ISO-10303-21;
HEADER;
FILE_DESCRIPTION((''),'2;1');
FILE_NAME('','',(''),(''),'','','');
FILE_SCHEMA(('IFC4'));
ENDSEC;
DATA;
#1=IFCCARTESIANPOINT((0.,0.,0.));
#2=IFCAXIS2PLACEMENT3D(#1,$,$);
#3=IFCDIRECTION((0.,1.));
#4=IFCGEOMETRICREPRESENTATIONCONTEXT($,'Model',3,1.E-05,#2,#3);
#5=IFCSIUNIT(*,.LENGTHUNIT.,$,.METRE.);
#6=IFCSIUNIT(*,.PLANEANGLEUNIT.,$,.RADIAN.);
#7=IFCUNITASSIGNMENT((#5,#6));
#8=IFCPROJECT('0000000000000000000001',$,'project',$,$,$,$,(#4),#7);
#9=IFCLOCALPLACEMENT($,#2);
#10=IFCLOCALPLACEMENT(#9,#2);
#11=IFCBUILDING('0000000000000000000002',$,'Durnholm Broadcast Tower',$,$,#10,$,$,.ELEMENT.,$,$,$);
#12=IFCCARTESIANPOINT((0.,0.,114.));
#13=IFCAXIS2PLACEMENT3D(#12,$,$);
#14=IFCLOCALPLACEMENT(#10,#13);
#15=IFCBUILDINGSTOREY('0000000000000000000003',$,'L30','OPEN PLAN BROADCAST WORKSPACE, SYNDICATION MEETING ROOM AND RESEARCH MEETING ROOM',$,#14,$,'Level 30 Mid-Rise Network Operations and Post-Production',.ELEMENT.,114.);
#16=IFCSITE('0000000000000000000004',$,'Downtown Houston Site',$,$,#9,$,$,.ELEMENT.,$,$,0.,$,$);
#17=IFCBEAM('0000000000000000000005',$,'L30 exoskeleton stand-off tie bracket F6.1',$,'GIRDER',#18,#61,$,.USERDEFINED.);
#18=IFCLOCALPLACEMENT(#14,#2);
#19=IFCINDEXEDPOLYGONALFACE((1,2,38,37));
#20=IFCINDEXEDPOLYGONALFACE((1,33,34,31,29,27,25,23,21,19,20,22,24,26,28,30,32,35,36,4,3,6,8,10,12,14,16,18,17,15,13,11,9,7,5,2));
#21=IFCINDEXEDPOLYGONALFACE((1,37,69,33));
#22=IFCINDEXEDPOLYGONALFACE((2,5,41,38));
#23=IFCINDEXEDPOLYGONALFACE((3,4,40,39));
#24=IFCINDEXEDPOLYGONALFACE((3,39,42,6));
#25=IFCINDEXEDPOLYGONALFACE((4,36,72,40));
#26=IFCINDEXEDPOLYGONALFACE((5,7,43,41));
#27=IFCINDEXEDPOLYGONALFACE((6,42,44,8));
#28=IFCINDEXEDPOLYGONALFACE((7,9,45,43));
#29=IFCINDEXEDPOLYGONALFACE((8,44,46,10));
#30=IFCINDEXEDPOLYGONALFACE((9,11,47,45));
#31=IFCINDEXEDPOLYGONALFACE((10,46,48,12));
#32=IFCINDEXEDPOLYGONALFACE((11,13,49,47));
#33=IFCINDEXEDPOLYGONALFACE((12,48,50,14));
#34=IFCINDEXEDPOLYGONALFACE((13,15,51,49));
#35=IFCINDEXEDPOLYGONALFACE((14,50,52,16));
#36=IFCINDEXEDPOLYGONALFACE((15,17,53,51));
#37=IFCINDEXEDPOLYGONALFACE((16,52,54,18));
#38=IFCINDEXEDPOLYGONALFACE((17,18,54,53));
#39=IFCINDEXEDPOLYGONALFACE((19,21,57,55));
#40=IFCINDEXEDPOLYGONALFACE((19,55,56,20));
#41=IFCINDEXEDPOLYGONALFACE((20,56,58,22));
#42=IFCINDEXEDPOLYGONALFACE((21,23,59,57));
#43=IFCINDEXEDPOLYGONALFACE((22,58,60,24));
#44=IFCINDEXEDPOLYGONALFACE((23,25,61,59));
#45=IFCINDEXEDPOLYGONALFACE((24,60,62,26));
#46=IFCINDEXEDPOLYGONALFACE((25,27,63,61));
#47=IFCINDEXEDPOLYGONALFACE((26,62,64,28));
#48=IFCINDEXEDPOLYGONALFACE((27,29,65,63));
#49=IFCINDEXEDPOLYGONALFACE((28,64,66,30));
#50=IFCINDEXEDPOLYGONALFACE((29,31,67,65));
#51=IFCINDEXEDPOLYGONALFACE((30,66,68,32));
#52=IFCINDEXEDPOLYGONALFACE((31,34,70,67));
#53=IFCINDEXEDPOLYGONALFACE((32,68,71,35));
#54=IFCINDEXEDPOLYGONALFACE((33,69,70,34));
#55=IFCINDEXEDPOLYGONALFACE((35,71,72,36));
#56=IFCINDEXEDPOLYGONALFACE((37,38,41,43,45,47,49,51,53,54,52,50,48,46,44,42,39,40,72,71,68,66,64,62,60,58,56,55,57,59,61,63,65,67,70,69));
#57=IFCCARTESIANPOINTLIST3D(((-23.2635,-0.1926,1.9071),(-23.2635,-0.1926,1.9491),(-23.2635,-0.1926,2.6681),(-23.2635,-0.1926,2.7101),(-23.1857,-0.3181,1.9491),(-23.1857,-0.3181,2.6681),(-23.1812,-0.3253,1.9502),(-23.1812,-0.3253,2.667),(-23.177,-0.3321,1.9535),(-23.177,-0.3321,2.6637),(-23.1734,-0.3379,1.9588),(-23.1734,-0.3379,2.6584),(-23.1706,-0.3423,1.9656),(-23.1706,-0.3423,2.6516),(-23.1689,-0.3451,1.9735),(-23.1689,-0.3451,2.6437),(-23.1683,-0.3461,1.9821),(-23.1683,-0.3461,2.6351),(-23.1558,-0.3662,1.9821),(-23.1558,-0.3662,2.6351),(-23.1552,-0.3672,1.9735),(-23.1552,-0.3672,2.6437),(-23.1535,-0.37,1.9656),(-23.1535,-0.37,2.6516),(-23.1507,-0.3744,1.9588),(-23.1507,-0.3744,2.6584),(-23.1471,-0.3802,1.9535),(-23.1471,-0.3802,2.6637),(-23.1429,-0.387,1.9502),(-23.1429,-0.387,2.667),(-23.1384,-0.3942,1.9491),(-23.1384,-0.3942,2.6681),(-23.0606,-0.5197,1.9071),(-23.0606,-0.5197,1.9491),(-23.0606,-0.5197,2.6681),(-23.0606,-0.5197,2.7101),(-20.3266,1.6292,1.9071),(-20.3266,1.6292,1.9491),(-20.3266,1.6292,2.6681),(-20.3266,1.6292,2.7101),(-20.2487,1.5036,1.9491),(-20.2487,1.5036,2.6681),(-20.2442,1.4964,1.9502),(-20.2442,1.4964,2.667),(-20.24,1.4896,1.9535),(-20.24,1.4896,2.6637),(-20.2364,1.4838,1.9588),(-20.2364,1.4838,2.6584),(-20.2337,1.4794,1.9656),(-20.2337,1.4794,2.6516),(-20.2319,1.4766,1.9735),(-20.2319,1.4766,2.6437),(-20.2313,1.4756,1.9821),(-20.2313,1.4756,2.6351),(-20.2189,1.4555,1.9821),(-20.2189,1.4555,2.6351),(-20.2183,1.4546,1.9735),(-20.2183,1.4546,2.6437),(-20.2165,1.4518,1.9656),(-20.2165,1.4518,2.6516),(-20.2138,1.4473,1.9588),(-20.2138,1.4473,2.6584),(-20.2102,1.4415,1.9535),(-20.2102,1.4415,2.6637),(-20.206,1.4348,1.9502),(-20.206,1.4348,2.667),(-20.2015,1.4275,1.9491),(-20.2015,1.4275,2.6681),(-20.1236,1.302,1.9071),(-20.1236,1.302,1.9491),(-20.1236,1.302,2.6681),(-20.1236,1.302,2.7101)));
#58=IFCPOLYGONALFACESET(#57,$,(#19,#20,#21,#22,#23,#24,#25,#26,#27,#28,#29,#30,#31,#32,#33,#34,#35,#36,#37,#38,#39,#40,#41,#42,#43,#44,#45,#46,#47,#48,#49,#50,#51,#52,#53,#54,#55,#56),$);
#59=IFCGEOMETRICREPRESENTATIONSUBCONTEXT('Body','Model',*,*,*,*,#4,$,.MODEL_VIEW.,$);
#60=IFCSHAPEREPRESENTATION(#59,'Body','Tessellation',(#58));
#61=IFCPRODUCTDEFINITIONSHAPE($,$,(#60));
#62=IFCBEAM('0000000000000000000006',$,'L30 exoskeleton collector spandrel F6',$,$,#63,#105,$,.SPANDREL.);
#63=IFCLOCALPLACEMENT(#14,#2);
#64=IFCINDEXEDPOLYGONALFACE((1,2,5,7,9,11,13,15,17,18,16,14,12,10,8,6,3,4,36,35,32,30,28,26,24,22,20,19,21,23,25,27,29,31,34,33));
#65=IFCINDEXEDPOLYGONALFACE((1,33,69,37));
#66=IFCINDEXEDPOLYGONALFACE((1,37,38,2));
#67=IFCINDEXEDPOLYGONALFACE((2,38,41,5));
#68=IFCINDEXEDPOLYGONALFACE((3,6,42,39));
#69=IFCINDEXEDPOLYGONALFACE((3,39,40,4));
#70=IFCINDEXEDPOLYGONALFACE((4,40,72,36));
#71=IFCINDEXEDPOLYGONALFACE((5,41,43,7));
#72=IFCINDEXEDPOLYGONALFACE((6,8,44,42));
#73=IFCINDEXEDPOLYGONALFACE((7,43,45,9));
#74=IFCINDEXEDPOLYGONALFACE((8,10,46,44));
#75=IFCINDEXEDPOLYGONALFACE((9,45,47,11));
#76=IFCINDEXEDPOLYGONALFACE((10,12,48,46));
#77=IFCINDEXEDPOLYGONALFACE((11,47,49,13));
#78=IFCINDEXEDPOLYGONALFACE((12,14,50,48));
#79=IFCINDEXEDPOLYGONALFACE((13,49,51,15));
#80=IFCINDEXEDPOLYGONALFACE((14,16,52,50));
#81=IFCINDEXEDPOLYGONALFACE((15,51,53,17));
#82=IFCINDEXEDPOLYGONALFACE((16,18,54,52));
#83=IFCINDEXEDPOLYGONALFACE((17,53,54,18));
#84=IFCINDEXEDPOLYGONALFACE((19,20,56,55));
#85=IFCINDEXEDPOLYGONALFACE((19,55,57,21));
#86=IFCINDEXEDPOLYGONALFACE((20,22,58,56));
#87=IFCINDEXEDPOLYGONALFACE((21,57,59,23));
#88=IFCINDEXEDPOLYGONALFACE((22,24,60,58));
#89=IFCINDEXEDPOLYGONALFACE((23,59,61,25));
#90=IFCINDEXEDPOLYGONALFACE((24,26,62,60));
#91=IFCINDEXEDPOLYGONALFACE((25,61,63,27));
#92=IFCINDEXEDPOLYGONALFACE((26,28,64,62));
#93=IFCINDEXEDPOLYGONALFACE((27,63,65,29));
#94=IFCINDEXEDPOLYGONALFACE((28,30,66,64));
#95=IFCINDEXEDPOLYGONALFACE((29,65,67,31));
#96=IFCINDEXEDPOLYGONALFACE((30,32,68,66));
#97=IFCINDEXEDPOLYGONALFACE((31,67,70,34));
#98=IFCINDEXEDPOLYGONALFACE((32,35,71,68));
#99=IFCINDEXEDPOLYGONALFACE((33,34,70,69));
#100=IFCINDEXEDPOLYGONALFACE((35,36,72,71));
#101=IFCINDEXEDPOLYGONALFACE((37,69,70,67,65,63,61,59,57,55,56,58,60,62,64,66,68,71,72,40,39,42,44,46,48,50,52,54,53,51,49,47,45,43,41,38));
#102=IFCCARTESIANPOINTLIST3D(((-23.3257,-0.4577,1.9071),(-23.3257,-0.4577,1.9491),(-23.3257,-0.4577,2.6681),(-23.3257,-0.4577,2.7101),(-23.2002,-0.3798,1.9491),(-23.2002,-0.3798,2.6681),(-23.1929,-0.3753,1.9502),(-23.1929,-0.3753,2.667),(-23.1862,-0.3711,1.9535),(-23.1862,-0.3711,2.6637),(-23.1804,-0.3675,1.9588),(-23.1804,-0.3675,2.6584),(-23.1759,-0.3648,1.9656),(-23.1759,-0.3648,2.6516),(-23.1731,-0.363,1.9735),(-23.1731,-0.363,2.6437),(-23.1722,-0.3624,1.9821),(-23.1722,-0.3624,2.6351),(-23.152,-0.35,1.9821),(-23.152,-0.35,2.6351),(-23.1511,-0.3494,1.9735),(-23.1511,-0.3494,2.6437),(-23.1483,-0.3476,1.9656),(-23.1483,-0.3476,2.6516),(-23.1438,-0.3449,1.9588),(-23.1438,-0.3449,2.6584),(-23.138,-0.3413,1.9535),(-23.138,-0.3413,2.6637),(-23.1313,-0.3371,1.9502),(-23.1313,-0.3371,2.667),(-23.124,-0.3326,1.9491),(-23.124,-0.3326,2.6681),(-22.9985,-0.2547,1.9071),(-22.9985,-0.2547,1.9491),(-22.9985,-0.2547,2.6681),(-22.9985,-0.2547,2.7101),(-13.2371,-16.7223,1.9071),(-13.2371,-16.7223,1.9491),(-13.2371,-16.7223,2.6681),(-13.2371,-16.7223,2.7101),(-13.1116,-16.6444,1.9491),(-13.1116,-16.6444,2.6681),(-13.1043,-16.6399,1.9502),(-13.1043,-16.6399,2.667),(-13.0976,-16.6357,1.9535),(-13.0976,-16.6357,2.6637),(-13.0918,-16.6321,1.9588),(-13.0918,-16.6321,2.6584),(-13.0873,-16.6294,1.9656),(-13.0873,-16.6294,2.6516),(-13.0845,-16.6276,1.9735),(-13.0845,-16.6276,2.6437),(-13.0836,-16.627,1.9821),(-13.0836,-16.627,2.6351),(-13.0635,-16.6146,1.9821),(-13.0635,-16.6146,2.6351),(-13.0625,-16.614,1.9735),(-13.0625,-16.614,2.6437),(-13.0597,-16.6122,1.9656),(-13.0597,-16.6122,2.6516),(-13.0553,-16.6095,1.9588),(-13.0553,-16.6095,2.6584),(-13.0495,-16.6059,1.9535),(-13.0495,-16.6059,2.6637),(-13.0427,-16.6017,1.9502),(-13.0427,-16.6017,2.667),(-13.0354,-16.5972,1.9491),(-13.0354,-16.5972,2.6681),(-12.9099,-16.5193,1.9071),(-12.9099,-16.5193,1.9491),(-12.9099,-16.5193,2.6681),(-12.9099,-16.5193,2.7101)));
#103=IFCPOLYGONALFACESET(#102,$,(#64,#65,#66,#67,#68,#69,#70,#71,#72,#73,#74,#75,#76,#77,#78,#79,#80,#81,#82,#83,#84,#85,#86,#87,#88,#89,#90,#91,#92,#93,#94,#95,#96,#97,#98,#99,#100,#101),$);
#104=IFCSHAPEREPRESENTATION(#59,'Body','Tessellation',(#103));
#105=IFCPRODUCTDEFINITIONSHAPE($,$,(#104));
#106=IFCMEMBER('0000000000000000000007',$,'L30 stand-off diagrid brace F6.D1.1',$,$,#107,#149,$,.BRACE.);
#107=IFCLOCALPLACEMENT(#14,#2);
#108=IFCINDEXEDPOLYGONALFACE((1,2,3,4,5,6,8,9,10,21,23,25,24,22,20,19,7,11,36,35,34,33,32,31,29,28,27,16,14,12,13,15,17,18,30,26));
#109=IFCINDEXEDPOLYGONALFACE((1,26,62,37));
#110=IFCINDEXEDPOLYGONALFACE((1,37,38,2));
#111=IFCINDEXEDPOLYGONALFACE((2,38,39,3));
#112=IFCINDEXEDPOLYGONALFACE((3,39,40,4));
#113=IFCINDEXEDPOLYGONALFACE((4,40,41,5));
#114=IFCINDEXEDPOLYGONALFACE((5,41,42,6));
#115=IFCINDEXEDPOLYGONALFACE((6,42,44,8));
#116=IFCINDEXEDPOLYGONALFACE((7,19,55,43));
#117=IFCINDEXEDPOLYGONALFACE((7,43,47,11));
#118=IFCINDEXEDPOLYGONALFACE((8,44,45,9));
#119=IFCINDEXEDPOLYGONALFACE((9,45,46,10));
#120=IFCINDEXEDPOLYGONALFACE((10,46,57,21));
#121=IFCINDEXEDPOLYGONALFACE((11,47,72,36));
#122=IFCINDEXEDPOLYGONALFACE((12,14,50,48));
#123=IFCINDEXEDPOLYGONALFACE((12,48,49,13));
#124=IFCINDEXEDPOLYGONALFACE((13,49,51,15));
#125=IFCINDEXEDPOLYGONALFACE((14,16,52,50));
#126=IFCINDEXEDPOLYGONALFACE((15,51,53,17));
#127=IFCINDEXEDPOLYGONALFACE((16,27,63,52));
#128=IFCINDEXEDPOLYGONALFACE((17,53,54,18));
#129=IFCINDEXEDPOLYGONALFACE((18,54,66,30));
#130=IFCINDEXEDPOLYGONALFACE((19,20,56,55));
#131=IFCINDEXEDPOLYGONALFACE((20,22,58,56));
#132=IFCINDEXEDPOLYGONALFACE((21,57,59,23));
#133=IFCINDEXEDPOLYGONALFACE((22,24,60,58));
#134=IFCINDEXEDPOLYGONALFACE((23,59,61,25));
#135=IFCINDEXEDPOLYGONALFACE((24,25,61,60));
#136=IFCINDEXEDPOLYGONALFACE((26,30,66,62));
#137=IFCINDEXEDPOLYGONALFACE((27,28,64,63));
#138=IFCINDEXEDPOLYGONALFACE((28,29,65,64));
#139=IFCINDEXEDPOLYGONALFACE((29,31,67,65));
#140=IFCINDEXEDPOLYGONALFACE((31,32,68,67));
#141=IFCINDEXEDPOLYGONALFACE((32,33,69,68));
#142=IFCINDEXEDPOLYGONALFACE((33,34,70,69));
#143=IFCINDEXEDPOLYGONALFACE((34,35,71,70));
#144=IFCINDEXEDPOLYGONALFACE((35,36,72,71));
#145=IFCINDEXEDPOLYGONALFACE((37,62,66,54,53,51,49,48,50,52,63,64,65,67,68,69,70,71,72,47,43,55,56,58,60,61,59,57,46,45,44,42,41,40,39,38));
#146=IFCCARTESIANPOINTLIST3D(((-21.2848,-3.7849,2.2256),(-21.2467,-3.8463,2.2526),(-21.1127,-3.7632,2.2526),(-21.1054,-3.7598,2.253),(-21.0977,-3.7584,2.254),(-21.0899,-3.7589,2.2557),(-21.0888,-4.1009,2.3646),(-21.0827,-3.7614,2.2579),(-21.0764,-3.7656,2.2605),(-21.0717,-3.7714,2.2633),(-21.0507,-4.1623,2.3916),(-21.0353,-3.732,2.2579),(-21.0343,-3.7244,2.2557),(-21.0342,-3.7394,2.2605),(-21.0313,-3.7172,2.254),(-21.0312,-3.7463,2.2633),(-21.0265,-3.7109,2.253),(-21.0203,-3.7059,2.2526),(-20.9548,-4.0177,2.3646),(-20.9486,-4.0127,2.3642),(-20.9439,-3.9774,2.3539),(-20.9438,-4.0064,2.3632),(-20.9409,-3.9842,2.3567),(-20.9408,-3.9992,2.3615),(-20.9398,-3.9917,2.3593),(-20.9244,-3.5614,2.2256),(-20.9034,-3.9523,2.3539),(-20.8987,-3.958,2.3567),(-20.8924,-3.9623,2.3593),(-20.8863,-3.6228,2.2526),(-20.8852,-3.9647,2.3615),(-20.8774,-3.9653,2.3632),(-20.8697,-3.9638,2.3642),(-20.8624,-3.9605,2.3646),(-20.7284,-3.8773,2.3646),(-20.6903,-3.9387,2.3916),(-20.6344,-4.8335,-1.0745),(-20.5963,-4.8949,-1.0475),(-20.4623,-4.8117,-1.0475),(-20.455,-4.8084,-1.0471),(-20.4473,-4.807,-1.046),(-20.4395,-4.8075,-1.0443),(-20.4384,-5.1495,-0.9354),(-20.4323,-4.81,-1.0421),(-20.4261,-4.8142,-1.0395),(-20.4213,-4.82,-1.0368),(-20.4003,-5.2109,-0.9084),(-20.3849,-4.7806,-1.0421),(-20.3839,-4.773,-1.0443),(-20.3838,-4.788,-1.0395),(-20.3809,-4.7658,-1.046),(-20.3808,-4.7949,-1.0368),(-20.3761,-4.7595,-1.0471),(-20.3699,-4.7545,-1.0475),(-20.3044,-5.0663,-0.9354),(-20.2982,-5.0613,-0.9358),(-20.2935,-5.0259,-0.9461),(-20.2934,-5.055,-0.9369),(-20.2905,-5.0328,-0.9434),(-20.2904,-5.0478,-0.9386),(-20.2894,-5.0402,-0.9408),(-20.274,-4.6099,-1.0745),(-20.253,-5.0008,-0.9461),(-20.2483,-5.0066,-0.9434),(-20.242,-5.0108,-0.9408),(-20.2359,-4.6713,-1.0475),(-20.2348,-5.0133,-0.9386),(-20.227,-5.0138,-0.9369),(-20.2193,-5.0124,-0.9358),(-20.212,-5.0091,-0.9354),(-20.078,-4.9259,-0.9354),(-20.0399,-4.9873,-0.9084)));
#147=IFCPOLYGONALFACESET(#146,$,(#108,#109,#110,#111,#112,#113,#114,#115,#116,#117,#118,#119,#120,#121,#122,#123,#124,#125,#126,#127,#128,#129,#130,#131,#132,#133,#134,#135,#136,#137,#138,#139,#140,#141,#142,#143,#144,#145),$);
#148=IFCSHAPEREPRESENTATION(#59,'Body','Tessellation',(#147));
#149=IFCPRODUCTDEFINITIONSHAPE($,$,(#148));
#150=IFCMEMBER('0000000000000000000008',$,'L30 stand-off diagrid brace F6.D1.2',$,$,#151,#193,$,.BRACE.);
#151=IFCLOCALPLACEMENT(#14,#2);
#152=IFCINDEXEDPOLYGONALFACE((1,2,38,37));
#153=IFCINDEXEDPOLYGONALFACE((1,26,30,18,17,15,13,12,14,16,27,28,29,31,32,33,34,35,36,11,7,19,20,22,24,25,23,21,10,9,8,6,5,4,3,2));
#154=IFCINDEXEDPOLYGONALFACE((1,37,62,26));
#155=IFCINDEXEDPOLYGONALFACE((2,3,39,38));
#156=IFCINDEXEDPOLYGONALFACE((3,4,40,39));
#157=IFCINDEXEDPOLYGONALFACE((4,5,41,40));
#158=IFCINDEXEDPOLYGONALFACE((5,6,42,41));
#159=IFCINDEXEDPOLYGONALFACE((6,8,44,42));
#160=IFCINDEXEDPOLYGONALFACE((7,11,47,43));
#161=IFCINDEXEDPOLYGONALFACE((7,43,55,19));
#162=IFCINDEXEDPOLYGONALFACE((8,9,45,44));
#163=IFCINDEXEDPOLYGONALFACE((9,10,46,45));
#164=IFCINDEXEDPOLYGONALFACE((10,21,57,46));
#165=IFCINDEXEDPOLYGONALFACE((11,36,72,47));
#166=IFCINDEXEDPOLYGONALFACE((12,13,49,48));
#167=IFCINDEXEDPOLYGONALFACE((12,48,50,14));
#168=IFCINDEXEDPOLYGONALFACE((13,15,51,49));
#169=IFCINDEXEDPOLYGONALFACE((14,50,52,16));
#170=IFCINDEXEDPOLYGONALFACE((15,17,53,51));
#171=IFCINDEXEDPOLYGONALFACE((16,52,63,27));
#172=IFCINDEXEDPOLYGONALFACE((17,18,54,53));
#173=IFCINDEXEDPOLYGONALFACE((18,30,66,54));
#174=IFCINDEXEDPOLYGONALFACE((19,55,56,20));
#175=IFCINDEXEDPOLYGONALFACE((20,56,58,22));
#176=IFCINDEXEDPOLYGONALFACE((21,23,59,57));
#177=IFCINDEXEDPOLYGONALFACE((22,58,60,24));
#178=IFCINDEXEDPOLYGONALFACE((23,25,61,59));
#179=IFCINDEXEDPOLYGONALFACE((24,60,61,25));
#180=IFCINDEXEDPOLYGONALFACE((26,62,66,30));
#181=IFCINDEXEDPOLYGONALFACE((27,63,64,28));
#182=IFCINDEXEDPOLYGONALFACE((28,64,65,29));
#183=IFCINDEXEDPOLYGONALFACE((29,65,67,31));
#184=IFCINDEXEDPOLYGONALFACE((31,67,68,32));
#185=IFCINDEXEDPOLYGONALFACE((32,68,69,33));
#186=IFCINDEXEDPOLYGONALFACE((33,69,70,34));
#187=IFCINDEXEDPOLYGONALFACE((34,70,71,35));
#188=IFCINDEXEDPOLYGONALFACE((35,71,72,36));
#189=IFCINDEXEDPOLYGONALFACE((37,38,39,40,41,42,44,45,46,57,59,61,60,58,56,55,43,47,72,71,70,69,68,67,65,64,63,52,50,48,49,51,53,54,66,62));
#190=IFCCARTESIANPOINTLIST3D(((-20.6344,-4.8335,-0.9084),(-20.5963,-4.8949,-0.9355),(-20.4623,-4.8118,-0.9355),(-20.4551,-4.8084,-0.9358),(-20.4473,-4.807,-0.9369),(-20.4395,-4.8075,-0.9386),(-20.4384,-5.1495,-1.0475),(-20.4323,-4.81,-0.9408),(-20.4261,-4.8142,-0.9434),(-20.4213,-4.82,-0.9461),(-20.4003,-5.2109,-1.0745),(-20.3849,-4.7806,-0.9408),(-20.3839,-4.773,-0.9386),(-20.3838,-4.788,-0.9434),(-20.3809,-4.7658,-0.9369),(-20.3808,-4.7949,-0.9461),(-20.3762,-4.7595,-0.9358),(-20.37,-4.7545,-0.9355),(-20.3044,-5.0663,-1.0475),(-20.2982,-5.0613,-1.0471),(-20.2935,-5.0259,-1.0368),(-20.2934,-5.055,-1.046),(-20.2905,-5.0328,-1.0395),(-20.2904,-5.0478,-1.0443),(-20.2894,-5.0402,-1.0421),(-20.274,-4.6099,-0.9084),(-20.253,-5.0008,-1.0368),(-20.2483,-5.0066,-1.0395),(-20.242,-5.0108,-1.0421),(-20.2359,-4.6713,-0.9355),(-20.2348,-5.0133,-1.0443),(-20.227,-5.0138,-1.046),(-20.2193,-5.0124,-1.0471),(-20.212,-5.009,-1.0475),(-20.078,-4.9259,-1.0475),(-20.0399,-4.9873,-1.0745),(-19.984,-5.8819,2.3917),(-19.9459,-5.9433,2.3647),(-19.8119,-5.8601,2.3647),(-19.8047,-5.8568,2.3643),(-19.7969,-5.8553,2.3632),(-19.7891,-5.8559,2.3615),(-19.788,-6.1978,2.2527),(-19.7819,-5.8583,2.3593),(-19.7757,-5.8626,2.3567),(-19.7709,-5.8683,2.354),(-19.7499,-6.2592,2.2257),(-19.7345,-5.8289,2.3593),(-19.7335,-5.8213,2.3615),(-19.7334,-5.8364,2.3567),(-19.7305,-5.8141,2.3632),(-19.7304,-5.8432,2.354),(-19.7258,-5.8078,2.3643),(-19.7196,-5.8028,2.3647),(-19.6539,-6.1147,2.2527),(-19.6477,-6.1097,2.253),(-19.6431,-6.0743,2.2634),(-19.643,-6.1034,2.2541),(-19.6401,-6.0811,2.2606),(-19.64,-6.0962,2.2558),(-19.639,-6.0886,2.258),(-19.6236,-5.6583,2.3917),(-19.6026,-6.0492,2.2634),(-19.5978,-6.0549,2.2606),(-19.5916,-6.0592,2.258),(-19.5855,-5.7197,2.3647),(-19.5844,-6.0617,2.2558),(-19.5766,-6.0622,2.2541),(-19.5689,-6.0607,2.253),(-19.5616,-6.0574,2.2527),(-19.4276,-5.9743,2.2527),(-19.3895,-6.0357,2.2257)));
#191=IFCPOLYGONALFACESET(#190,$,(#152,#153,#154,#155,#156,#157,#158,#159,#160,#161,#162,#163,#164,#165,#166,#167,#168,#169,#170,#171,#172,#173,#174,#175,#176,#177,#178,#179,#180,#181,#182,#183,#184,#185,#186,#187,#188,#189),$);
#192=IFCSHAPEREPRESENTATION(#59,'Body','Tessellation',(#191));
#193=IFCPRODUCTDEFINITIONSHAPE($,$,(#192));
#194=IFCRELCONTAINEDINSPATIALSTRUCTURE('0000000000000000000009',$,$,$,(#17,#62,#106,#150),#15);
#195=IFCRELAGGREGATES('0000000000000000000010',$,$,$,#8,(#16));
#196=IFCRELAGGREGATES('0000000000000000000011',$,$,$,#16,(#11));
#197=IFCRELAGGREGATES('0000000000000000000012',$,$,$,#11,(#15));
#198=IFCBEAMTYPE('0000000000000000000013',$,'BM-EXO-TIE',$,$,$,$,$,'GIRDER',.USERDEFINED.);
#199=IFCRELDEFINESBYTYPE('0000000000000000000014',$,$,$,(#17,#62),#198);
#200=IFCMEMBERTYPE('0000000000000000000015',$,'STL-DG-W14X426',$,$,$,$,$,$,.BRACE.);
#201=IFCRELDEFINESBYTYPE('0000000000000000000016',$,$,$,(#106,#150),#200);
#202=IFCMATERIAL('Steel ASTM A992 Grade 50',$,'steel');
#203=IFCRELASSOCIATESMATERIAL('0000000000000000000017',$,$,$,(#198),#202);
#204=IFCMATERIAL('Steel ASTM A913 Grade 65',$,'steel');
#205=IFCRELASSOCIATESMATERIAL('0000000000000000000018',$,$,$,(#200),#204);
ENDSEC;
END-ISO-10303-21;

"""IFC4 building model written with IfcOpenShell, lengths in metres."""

from ifc_helpers import new_model, si_unit, direction, frame, origin, origin_2d, place, context, subcontext, project, spatial, i_section, extrude, source, transform, mapped, material, material_profile, profile_set, type_object, type_shapes, element, save


model = new_model("IFC4")

# Units and contexts
model_context = context("Model", 3, precision=1e-05, world=origin(), true_north=direction((0.0, 1.0)))
body_context = subcontext(model_context, "Body", "Model", "MODEL_VIEW")
ifc_project = project(units=[si_unit("LENGTHUNIT", "METRE"), si_unit("PLANEANGLEUNIT", "RADIAN")], contexts=[model_context])

# Site, building, storey
site_placement = place(None, origin())
site = spatial("IfcSite", under=ifc_project, at=site_placement, Name="Downtown Houston Site", CompositionType="ELEMENT", RefElevation=0.0)
building_placement = place(site_placement, origin())
building = spatial("IfcBuilding", under=site, at=building_placement, Name="Durnholm Broadcast Tower", CompositionType="ELEMENT")
storey_placement = place(building_placement, frame((0.0, 0.0, 114.0)))
storey = spatial("IfcBuildingStorey", under=building, at=storey_placement, Name="L30", Description="OPEN PLAN BROADCAST WORKSPACE, SYNDICATION MEETING ROOM AND RESEARCH MEETING ROOM", LongName="Level 30 Mid-Rise Network Operations and Post-Production", CompositionType="ELEMENT", Elevation=114.0)

# Beams
ifc_material_1 = material(Name="Steel ASTM A992 Grade 50", Category="steel")
ifc_material_profile_1 = material_profile(ifc_material_1, i_section(OverallWidth=0.385, OverallDepth=0.803, WebThickness=0.0237, FlangeThickness=0.042, FilletRadius=0.033, at=origin_2d()), Name="W30X261")
ifc_profile_set_1 = profile_set([ifc_material_profile_1], Name="Steel ASTM A992 Grade 50")
beam_type = type_object("IfcBeamType", Name="BM-EXO-TIE", ElementType="GIRDER", PredefinedType="USERDEFINED", material=ifc_profile_set_1)
shared_shape_1 = source(origin(), body_context, "Body", "SweptSolid", [
    extrude(i_section(OverallWidth=0.385, OverallDepth=0.803, WebThickness=0.0237, FlangeThickness=0.042, FilletRadius=0.033, at=origin_2d()), origin(), (0.0, 0.0, 1.0), 3.4561),
])
beam_1_placement = place(storey_placement, frame((-20.2251, 1.4656, 2.3086), z_axis=(-0.849795, -0.527113, 0.0), x_axis=(0.527113, -0.849795, 0.0)))
element("IfcBeam", 1, at=beam_1_placement, inside=storey, type_object=beam_type, Name="L30 exoskeleton stand-off tie bracket F6.1", ObjectType="GIRDER", PredefinedType="USERDEFINED", context=body_context, shape_type="MappedRepresentation", body=[
    mapped(shared_shape_1, transform((0.0, 0.0, 0.0), x_axis=(1.0, 0.0, 0.0), y_axis=(0.0, 1.0, 0.0), z_axis=(0.0, 0.0, 1.0), scale=1.0)),
])
shared_shape_2 = source(origin(), body_context, "Body", "SweptSolid", [
    extrude(i_section(OverallWidth=0.385, OverallDepth=0.803, WebThickness=0.0237, FlangeThickness=0.042, FilletRadius=0.033, at=origin_2d()), origin(), (0.0, 0.0, 1.0), 19.1394),
])
type_shapes(beam_type, [shared_shape_1, shared_shape_2])
beam_2_placement = place(storey_placement, frame((-23.1621, -0.3562, 2.3086), z_axis=(0.527111, -0.849796, 0.0), x_axis=(0.849796, 0.527111, 0.0)))
element("IfcBeam", 2, at=beam_2_placement, inside=storey, type_object=beam_type, Name="L30 exoskeleton collector spandrel F6", PredefinedType="SPANDREL", context=body_context, shape_type="MappedRepresentation", body=[
    mapped(shared_shape_2, transform((0.0, 0.0, 0.0), x_axis=(1.0, 0.0, 0.0), y_axis=(0.0, 1.0, 0.0), z_axis=(0.0, 0.0, 1.0), scale=1.0)),
])

# Members
ifc_material_2 = material(Name="Steel ASTM A913 Grade 65", Category="steel")
ifc_material_profile_2 = material_profile(ifc_material_2, i_section(OverallWidth=0.4241, OverallDepth=0.4741, WebThickness=0.0476, FlangeThickness=0.0771, FilletRadius=0.0305, at=origin_2d()), Name="W14X426")
ifc_profile_set_2 = profile_set([ifc_material_profile_2], Name="Steel ASTM A913 Grade 65")
member_type_1 = type_object("IfcMemberType", Name="STL-DG-W14X426", PredefinedType="BRACE", material=ifc_profile_set_2)
shared_shape_3 = source(origin(), body_context, "Body", "SweptSolid", [
    extrude(i_section(OverallWidth=0.4241, OverallDepth=0.4741, WebThickness=0.0476, FlangeThickness=0.0771, FilletRadius=0.0305, at=origin_2d()), origin(), (0.0, 0.0, 1.0), 3.5232),
])
type_shapes(member_type_1, [shared_shape_3])
for number, where, z_axis, x_axis, name in (
    (3, (-20.3372, -4.9104, -0.9915), (-0.184603, 0.297624, 0.936665), (-0.849805, -0.527097, 0.0), "L30 stand-off diagrid brace F6.D1.1"),
    (4, (-20.3372, -4.9104, -0.9915), (0.184607, -0.29756, 0.936685), (0.84975, 0.527186, 0.0), "L30 stand-off diagrid brace F6.D1.2"),
):
    element("IfcMember", number, at=place(storey_placement, frame(where, z_axis=z_axis, x_axis=x_axis)), inside=storey, type_object=member_type_1, Name=name, PredefinedType="BRACE", context=body_context, shape_type="MappedRepresentation", body=[
        mapped(shared_shape_3, transform((0.0, 0.0, 0.0), x_axis=(1.0, 0.0, 0.0), y_axis=(0.0, 1.0, 0.0), z_axis=(0.0, 0.0, 1.0), scale=1.0)),
    ])

save(model, "model.ifc")
